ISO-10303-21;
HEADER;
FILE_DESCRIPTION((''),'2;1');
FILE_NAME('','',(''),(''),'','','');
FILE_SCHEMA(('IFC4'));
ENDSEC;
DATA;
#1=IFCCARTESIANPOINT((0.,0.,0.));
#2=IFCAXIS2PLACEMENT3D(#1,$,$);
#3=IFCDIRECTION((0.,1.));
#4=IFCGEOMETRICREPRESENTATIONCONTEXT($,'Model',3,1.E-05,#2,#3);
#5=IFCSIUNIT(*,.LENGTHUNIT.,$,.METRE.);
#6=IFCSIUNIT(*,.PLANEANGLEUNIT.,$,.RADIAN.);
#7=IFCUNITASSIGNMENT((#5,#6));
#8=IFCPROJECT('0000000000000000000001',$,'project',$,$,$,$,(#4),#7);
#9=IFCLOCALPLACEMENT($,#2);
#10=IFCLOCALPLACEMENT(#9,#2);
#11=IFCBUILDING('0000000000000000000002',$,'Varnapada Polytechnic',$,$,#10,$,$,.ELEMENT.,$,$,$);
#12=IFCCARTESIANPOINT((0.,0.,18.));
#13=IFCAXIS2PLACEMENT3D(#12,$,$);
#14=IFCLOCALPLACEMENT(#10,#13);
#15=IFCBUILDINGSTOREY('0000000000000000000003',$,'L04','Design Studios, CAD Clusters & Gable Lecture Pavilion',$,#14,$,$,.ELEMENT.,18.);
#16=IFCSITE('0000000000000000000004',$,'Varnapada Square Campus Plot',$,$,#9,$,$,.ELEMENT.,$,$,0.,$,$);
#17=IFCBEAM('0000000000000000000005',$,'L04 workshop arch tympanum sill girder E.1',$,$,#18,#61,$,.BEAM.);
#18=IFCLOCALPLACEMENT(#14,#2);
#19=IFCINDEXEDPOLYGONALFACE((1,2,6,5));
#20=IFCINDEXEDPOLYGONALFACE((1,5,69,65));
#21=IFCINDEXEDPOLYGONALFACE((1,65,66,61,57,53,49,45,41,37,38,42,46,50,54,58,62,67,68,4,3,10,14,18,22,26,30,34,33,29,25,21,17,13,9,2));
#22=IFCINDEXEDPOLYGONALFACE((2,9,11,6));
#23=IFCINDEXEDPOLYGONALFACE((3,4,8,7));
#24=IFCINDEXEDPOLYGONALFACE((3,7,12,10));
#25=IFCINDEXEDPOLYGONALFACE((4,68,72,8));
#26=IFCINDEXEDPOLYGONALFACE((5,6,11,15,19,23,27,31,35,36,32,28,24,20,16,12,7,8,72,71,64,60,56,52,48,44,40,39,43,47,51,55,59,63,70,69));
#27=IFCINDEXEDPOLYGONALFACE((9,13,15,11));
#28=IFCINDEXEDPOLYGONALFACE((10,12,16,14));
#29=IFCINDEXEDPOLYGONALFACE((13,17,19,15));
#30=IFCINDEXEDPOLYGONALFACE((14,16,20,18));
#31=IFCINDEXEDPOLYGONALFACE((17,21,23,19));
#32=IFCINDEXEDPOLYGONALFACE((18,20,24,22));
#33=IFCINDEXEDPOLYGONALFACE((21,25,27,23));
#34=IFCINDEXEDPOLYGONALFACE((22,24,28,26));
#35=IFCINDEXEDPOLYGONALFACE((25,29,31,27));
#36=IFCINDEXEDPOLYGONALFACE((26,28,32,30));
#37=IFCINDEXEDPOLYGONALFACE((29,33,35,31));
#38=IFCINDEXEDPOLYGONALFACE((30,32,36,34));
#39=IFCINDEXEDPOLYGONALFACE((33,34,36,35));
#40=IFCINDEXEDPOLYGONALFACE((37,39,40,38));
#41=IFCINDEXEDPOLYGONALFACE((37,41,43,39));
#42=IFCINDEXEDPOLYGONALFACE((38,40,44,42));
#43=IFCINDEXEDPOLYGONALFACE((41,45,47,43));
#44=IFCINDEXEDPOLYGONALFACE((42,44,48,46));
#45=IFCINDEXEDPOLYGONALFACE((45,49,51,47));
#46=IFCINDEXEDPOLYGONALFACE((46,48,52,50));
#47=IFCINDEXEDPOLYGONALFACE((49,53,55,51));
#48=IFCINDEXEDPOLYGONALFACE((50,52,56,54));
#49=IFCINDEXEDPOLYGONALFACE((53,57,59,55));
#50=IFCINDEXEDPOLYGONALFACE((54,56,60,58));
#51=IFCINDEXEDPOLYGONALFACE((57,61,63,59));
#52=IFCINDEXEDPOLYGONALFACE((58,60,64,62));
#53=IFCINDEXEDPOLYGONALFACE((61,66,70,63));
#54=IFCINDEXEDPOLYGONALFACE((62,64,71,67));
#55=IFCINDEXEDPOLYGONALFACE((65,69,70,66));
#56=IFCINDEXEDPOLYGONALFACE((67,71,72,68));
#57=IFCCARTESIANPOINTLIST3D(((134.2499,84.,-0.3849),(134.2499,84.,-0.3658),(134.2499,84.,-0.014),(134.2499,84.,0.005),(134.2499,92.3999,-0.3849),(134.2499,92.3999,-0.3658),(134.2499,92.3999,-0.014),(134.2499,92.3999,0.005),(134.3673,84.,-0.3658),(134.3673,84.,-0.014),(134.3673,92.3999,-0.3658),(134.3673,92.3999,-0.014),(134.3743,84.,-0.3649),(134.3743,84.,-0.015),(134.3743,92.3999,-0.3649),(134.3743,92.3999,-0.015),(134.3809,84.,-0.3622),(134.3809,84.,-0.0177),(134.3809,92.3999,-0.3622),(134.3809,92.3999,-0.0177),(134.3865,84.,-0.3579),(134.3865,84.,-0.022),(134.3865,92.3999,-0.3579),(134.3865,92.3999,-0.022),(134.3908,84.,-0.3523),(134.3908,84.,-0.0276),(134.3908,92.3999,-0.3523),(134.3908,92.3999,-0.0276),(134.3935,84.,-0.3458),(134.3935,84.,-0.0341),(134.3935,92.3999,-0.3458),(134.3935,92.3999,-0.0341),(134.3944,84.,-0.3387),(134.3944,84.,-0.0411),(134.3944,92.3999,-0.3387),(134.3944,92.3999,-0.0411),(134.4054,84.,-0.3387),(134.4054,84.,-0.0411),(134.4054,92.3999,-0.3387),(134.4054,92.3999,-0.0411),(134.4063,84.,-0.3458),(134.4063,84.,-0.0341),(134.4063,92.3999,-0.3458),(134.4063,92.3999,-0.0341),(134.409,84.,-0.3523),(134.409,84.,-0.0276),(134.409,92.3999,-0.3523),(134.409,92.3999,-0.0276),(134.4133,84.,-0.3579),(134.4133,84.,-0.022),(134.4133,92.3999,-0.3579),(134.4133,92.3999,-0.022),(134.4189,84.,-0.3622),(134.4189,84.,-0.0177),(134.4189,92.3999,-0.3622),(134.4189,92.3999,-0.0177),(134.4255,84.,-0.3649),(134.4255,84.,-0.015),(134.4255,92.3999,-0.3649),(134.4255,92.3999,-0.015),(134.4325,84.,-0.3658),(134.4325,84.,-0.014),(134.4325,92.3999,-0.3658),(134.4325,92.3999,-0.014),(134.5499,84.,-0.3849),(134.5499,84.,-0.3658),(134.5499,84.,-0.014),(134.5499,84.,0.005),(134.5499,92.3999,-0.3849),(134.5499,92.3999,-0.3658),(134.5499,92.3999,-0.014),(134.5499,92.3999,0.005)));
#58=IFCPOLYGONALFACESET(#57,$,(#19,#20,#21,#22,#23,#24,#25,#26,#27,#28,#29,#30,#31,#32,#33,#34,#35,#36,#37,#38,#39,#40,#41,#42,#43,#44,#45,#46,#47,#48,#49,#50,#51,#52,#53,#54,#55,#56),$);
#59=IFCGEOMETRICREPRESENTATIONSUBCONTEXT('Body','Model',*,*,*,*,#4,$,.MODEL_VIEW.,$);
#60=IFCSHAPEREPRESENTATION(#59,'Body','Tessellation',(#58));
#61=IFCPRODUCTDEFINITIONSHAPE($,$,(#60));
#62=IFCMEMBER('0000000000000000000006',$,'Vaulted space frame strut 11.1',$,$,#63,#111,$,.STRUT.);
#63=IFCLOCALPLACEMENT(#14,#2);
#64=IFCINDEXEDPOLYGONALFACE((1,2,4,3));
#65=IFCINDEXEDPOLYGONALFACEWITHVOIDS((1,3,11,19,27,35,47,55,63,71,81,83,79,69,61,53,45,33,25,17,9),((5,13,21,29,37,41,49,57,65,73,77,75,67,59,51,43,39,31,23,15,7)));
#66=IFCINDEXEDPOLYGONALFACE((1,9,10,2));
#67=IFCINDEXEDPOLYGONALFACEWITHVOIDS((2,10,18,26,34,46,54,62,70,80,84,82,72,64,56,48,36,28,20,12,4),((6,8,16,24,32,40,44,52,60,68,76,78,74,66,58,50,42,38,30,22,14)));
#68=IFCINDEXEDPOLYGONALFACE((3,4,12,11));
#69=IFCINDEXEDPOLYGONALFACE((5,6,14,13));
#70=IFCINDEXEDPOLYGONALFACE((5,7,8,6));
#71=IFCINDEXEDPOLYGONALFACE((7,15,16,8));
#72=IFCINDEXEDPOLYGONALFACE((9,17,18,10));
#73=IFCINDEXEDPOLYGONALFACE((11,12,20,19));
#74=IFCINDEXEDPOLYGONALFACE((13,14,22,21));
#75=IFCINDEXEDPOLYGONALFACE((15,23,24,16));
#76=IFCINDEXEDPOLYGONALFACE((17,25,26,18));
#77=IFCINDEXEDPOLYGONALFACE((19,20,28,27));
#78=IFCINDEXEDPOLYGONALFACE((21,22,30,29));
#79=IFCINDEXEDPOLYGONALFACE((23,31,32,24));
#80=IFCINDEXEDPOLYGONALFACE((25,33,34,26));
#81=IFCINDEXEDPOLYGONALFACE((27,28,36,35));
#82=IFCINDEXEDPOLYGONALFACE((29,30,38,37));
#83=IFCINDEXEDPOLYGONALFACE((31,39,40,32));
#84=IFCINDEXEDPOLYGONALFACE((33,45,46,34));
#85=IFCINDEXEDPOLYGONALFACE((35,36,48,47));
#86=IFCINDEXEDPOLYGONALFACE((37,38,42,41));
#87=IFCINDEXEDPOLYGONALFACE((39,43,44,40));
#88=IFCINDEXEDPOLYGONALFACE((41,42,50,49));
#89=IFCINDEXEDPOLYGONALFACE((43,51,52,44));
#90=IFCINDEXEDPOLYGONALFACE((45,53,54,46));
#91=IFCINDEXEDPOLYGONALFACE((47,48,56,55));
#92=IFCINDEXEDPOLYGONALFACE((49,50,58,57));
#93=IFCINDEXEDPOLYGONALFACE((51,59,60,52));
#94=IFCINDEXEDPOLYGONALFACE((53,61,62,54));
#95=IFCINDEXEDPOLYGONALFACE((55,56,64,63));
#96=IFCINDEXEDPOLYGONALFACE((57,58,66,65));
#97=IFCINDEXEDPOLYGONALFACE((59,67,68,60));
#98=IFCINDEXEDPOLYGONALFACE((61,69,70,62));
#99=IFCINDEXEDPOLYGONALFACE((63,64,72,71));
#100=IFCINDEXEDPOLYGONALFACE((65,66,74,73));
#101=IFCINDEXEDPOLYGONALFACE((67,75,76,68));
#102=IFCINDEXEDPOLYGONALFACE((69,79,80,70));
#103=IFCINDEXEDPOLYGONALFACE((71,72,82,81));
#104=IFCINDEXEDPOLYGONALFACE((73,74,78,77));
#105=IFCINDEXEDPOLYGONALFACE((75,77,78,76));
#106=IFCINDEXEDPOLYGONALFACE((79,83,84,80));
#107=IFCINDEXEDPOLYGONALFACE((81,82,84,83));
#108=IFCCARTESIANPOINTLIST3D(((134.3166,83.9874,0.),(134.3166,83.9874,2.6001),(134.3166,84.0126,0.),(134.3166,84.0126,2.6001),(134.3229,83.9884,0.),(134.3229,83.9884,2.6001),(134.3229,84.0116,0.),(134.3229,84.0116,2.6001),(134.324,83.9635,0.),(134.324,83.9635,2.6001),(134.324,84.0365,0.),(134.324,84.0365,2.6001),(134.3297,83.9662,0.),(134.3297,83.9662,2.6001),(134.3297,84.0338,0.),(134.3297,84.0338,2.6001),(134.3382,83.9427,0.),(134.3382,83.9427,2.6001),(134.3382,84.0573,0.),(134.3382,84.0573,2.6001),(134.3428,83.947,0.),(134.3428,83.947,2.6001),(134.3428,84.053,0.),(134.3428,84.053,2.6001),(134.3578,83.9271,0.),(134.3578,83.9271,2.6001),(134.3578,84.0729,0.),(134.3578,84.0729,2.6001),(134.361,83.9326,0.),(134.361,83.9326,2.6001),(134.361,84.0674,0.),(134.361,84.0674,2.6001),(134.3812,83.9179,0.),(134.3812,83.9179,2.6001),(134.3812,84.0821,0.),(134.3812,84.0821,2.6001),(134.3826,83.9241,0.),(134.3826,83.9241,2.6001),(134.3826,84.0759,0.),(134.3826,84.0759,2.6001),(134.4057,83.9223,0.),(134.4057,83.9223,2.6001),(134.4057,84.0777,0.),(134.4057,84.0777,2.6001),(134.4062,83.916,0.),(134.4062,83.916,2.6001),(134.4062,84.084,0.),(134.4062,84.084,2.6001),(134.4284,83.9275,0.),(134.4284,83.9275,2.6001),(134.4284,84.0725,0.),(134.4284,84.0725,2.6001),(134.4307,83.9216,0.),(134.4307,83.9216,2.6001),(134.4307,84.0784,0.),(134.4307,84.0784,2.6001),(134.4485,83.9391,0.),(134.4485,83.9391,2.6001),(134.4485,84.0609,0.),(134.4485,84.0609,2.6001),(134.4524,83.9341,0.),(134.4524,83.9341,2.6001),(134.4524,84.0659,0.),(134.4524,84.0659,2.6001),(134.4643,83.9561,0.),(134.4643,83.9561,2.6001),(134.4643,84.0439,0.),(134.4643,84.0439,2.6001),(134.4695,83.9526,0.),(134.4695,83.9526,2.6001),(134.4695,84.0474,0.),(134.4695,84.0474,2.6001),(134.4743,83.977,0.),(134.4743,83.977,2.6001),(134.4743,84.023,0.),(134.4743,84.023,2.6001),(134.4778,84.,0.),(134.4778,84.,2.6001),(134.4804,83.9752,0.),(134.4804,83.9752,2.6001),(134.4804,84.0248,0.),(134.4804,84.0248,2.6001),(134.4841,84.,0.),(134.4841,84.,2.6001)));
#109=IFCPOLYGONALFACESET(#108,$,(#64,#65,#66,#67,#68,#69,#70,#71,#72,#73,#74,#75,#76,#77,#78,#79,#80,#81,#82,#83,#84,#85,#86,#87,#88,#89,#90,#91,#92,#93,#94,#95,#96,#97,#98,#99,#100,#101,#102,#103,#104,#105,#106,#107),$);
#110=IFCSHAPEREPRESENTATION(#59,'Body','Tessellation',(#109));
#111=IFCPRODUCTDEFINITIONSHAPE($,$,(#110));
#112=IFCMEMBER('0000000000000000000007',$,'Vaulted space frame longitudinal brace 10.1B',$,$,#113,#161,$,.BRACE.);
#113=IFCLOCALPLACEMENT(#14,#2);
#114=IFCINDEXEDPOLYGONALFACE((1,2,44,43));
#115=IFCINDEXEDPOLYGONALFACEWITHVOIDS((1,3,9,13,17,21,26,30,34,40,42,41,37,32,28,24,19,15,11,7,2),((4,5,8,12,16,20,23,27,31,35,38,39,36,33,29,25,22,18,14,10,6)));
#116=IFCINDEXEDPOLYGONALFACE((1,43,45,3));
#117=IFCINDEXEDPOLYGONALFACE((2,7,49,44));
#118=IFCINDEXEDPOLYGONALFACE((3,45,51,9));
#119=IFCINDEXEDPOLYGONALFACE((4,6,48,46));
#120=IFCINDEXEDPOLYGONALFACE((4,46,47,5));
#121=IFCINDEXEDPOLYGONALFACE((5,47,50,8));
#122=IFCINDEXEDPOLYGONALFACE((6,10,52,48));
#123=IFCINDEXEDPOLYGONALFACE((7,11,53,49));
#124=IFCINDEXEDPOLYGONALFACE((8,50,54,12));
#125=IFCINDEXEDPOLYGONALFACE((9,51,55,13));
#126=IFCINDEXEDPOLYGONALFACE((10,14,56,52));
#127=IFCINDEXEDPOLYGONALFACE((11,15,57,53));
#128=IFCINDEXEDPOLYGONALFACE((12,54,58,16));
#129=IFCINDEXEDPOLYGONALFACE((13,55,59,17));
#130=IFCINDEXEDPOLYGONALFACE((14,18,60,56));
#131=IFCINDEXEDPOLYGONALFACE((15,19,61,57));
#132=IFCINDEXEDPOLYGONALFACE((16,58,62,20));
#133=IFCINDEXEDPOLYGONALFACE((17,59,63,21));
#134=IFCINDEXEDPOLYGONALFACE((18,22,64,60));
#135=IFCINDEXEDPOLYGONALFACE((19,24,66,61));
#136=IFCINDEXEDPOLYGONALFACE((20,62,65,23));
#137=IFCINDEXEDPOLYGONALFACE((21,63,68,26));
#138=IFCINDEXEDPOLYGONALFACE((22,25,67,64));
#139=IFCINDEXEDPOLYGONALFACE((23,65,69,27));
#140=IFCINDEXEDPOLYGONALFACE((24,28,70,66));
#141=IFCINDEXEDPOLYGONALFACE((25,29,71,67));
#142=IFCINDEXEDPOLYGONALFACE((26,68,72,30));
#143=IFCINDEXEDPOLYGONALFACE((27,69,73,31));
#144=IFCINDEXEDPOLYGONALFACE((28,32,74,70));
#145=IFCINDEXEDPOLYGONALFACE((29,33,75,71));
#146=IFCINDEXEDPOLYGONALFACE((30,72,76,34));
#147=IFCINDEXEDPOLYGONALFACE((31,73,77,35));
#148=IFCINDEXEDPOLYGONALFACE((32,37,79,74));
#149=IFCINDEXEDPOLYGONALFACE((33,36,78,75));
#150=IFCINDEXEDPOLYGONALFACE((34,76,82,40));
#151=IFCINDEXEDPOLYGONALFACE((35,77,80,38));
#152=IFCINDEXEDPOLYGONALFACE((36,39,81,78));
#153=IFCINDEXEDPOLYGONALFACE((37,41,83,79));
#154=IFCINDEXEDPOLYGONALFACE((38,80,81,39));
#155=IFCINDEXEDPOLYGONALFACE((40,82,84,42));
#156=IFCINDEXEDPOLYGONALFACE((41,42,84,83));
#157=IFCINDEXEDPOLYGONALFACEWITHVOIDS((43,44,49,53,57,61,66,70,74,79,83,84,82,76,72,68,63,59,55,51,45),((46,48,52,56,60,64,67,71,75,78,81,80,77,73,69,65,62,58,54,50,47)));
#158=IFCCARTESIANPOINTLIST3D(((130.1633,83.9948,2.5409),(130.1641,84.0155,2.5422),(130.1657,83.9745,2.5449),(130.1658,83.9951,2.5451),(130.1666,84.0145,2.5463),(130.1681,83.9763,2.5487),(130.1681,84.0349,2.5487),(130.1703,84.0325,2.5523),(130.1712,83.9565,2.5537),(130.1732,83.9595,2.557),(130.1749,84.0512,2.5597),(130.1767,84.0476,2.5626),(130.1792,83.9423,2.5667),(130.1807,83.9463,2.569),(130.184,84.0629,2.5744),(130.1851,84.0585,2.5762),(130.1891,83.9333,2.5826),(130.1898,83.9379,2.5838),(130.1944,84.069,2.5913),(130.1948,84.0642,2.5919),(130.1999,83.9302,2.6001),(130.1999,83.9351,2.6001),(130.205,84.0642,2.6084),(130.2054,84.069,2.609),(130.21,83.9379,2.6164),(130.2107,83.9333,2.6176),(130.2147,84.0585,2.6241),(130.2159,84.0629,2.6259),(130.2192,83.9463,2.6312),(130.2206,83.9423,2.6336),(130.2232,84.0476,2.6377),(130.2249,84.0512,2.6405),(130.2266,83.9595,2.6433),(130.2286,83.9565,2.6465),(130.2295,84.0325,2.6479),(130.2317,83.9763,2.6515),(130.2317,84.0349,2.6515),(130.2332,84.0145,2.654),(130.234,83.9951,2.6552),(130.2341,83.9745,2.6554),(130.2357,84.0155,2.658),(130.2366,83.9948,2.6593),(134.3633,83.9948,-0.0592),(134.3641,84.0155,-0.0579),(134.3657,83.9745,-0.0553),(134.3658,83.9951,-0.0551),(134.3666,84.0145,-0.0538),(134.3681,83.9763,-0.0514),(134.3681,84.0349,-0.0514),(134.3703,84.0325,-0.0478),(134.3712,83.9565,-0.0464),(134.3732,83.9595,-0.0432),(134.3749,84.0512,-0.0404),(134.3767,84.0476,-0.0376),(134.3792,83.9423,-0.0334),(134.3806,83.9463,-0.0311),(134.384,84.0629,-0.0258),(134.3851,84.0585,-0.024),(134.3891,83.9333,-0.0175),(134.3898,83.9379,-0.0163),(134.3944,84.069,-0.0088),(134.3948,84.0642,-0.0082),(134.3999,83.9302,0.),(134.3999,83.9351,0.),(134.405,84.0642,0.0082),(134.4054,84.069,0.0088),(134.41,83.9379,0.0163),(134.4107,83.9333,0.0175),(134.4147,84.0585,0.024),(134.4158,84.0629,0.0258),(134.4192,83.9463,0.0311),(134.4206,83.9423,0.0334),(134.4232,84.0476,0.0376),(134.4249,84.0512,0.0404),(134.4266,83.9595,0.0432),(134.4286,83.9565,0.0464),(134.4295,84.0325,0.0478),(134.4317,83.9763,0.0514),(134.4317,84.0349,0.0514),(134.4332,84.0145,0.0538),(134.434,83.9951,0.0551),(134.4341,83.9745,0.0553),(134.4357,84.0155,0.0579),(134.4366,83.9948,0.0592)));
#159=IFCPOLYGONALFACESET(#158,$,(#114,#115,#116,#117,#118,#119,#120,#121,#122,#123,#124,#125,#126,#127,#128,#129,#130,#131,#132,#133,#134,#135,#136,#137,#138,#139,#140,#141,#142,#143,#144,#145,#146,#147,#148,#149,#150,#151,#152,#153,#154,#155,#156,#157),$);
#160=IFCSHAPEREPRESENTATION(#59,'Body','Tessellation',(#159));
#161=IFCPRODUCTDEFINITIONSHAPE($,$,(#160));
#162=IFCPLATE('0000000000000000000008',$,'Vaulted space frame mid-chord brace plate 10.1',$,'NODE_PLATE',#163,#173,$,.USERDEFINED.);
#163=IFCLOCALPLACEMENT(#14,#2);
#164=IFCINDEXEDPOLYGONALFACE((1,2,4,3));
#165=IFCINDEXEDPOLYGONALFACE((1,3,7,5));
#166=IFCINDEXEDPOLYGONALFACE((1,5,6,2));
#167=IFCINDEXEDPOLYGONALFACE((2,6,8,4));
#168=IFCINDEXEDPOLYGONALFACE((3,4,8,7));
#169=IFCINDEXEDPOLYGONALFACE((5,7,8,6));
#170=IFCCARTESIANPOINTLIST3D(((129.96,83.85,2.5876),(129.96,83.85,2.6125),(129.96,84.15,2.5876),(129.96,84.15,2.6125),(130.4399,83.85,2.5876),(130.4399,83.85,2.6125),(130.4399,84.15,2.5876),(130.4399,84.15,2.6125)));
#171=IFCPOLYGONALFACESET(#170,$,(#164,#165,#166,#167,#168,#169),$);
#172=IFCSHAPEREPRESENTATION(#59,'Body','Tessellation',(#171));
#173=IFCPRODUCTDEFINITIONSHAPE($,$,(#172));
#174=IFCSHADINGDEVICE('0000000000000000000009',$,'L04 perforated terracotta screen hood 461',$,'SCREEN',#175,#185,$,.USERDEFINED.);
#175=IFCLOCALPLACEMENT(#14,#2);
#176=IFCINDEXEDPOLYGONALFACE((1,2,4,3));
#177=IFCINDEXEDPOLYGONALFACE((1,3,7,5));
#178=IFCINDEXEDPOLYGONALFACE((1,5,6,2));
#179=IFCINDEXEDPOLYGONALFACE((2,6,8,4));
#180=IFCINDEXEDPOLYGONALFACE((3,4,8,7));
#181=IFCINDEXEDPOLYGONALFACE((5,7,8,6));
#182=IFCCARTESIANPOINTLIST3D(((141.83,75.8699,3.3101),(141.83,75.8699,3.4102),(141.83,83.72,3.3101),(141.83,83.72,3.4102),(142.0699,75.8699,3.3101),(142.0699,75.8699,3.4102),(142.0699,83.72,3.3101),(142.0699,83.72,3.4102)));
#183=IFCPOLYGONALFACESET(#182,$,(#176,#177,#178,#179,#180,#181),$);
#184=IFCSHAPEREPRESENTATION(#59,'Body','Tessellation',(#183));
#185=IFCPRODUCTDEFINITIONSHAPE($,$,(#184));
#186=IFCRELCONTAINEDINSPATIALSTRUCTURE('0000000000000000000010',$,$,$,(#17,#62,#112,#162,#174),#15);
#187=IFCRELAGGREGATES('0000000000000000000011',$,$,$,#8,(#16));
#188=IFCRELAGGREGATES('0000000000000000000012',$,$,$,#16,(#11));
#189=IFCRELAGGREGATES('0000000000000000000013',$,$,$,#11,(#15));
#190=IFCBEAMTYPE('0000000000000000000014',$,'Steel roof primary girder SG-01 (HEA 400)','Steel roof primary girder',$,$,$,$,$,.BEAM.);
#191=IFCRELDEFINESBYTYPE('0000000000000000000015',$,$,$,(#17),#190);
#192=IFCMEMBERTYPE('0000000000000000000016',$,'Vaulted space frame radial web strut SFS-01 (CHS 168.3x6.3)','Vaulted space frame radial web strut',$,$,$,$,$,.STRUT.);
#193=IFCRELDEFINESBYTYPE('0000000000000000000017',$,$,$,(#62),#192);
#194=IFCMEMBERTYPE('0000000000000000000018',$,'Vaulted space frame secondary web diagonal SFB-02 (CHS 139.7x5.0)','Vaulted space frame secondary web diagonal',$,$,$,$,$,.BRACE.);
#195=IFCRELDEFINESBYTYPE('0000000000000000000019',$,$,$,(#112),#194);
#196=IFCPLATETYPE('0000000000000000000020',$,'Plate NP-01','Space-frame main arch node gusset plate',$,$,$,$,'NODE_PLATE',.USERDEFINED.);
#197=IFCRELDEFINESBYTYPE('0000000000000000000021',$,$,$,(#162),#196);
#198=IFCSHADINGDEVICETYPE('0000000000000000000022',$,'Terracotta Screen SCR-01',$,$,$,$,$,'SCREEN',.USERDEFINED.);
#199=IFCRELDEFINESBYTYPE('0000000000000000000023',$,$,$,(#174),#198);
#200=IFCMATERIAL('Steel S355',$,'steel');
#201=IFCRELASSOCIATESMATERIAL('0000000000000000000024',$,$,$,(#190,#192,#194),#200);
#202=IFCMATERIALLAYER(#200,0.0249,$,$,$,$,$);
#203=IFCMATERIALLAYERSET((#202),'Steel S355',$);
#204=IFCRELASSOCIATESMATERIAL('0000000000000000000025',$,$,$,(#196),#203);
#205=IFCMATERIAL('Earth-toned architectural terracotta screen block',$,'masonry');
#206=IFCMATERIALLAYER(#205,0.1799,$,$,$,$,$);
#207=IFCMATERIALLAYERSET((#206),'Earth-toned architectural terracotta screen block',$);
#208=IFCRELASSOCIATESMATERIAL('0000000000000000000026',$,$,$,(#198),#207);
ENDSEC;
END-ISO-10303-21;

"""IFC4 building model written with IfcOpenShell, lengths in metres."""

from ifc_helpers import new_model, si_unit, direction, frame, origin, origin_2d, place, context, subcontext, project, spatial, rectangle, hollow_circle, i_section, extrude, material, layer, layer_set, material_profile, profile_set, type_object, element, save


model = new_model("IFC4")

# Units and contexts
model_context = context("Model", 3, precision=1e-05, world=origin(), true_north=direction((0.0, 1.0)))
body_context = subcontext(model_context, "Body", "Model", "MODEL_VIEW")
ifc_project = project(units=[si_unit("LENGTHUNIT", "METRE"), si_unit("PLANEANGLEUNIT", "RADIAN")], contexts=[model_context])

# Site, building, storey
site_placement = place(None, origin())
site = spatial("IfcSite", under=ifc_project, at=site_placement, Name="Varnapada Square Campus Plot", CompositionType="ELEMENT", RefElevation=0.0)
building_placement = place(site_placement, origin())
building = spatial("IfcBuilding", under=site, at=building_placement, Name="Varnapada Polytechnic", CompositionType="ELEMENT")
storey_placement = place(building_placement, frame((0.0, 0.0, 18.0)))
storey = spatial("IfcBuildingStorey", under=building, at=storey_placement, Name="L04", Description="Design Studios, CAD Clusters & Gable Lecture Pavilion", CompositionType="ELEMENT", Elevation=18.0)

# Beam
ifc_material_1 = material(Name="Steel S355", Category="steel")
ifc_material_profile_1 = material_profile(ifc_material_1, i_section(OverallWidth=0.3, OverallDepth=0.3899, WebThickness=0.011, FlangeThickness=0.019, FilletRadius=0.0271, at=origin_2d()), Name="HEA 400")
ifc_profile_set_1 = profile_set([ifc_material_profile_1], Name="Steel S355")
beam_type = type_object("IfcBeamType", Name="Steel roof primary girder SG-01 (HEA 400)", Description="Steel roof primary girder", PredefinedType="BEAM", material=ifc_profile_set_1)
beam_placement = place(storey_placement, frame((134.3999, 84.0, -0.1899), z_axis=(0.0, 1.0, 0.0), x_axis=(-1.0, 0.0, 0.0)))
element("IfcBeam", 1, at=beam_placement, inside=storey, type_object=beam_type, Name="L04 workshop arch tympanum sill girder E.1", PredefinedType="BEAM", context=body_context, shape_type="SweptSolid", body=[
    extrude(i_section(OverallWidth=0.3, OverallDepth=0.3899, WebThickness=0.011, FlangeThickness=0.019, FilletRadius=0.0271, at=origin_2d()), origin(), (0.0, 0.0, 1.0), 8.3999),
])

# Members
ifc_material_profile_2 = material_profile(ifc_material_1, hollow_circle(Radius=0.0842, WallThickness=0.0063, at=origin_2d()), Name="CHS 168.3x6.3")
ifc_profile_set_2 = profile_set([ifc_material_profile_2], Name="Steel S355")
member_type_1 = type_object("IfcMemberType", Name="Vaulted space frame radial web strut SFS-01 (CHS 168.3x6.3)", Description="Vaulted space frame radial web strut", PredefinedType="STRUT", material=ifc_profile_set_2)
member_1_placement = place(storey_placement, frame((134.3999, 84.0, 0.0), z_axis=(0.0, 0.0, 1.0), x_axis=(1.0, 0.0, 0.0)))
element("IfcMember", 2, at=member_1_placement, inside=storey, type_object=member_type_1, Name="Vaulted space frame strut 11.1", PredefinedType="STRUT", context=body_context, shape_type="SweptSolid", body=[
    extrude(hollow_circle(Radius=0.0842, WallThickness=0.0063, at=origin_2d()), origin(), (0.0, 0.0, 1.0), 2.6001),
])
ifc_material_profile_3 = material_profile(ifc_material_1, hollow_circle(Radius=0.0698, WallThickness=0.0049, at=origin_2d()), Name="CHS 139.7x5.0")
ifc_profile_set_3 = profile_set([ifc_material_profile_3], Name="Steel S355")
member_type_2 = type_object("IfcMemberType", Name="Vaulted space frame secondary web diagonal SFB-02 (CHS 139.7x5.0)", Description="Vaulted space frame secondary web diagonal", PredefinedType="BRACE", material=ifc_profile_set_3)
member_2_placement = place(storey_placement, frame((134.3999, 84.0, 0.0), z_axis=(-0.850254, 0.0, 0.526373), x_axis=(0.0, -1.0, 0.0)))
element("IfcMember", 3, at=member_2_placement, inside=storey, type_object=member_type_2, Name="Vaulted space frame longitudinal brace 10.1B", PredefinedType="BRACE", context=body_context, shape_type="SweptSolid", body=[
    extrude(hollow_circle(Radius=0.0698, WallThickness=0.0049, at=origin_2d()), origin(), (0.0, 0.0, 1.0), 4.9397),
])

# Plate
ifc_layer_1 = layer(ifc_material_1, 0.0249)
ifc_layer_set_1 = layer_set([ifc_layer_1], Name="Steel S355")
plate_type = type_object("IfcPlateType", Name="Plate NP-01", Description="Space-frame main arch node gusset plate", ElementType="NODE_PLATE", PredefinedType="USERDEFINED", material=ifc_layer_set_1)
plate_placement = place(storey_placement, frame((130.2, 84.0, 2.5876), z_axis=(0.0, 0.0, 1.0), x_axis=(1.0, 0.0, 0.0)))
element("IfcPlate", 4, at=plate_placement, inside=storey, type_object=plate_type, Name="Vaulted space frame mid-chord brace plate 10.1", ObjectType="NODE_PLATE", PredefinedType="USERDEFINED", context=body_context, shape_type="SweptSolid", body=[
    extrude(rectangle(XDim=0.48, YDim=0.3, at=origin_2d()), origin(), (0.0, 0.0, 1.0), 0.0249),
])

# Shading device
ifc_material_2 = material(Name="Earth-toned architectural terracotta screen block", Category="masonry")
ifc_layer_2 = layer(ifc_material_2, 0.1799)
ifc_layer_set_2 = layer_set([ifc_layer_2], Name="Earth-toned architectural terracotta screen block")
shading_device_type = type_object("IfcShadingDeviceType", Name="Terracotta Screen SCR-01", ElementType="SCREEN", PredefinedType="USERDEFINED", material=ifc_layer_set_2)
shading_device_placement = place(storey_placement, frame((141.95, 79.7949, 3.3101), z_axis=(0.0, 0.0, 1.0), x_axis=(0.0, 1.0, 0.0)))
element("IfcShadingDevice", 5, at=shading_device_placement, inside=storey, type_object=shading_device_type, Name="L04 perforated terracotta screen hood 461", ObjectType="SCREEN", PredefinedType="USERDEFINED", context=body_context, shape_type="SweptSolid", body=[
    extrude(rectangle(XDim=7.8501, YDim=0.24, at=origin_2d()), origin(), (0.0, 0.0, 1.0), 0.1001),
])

save(model, "model.ifc")
